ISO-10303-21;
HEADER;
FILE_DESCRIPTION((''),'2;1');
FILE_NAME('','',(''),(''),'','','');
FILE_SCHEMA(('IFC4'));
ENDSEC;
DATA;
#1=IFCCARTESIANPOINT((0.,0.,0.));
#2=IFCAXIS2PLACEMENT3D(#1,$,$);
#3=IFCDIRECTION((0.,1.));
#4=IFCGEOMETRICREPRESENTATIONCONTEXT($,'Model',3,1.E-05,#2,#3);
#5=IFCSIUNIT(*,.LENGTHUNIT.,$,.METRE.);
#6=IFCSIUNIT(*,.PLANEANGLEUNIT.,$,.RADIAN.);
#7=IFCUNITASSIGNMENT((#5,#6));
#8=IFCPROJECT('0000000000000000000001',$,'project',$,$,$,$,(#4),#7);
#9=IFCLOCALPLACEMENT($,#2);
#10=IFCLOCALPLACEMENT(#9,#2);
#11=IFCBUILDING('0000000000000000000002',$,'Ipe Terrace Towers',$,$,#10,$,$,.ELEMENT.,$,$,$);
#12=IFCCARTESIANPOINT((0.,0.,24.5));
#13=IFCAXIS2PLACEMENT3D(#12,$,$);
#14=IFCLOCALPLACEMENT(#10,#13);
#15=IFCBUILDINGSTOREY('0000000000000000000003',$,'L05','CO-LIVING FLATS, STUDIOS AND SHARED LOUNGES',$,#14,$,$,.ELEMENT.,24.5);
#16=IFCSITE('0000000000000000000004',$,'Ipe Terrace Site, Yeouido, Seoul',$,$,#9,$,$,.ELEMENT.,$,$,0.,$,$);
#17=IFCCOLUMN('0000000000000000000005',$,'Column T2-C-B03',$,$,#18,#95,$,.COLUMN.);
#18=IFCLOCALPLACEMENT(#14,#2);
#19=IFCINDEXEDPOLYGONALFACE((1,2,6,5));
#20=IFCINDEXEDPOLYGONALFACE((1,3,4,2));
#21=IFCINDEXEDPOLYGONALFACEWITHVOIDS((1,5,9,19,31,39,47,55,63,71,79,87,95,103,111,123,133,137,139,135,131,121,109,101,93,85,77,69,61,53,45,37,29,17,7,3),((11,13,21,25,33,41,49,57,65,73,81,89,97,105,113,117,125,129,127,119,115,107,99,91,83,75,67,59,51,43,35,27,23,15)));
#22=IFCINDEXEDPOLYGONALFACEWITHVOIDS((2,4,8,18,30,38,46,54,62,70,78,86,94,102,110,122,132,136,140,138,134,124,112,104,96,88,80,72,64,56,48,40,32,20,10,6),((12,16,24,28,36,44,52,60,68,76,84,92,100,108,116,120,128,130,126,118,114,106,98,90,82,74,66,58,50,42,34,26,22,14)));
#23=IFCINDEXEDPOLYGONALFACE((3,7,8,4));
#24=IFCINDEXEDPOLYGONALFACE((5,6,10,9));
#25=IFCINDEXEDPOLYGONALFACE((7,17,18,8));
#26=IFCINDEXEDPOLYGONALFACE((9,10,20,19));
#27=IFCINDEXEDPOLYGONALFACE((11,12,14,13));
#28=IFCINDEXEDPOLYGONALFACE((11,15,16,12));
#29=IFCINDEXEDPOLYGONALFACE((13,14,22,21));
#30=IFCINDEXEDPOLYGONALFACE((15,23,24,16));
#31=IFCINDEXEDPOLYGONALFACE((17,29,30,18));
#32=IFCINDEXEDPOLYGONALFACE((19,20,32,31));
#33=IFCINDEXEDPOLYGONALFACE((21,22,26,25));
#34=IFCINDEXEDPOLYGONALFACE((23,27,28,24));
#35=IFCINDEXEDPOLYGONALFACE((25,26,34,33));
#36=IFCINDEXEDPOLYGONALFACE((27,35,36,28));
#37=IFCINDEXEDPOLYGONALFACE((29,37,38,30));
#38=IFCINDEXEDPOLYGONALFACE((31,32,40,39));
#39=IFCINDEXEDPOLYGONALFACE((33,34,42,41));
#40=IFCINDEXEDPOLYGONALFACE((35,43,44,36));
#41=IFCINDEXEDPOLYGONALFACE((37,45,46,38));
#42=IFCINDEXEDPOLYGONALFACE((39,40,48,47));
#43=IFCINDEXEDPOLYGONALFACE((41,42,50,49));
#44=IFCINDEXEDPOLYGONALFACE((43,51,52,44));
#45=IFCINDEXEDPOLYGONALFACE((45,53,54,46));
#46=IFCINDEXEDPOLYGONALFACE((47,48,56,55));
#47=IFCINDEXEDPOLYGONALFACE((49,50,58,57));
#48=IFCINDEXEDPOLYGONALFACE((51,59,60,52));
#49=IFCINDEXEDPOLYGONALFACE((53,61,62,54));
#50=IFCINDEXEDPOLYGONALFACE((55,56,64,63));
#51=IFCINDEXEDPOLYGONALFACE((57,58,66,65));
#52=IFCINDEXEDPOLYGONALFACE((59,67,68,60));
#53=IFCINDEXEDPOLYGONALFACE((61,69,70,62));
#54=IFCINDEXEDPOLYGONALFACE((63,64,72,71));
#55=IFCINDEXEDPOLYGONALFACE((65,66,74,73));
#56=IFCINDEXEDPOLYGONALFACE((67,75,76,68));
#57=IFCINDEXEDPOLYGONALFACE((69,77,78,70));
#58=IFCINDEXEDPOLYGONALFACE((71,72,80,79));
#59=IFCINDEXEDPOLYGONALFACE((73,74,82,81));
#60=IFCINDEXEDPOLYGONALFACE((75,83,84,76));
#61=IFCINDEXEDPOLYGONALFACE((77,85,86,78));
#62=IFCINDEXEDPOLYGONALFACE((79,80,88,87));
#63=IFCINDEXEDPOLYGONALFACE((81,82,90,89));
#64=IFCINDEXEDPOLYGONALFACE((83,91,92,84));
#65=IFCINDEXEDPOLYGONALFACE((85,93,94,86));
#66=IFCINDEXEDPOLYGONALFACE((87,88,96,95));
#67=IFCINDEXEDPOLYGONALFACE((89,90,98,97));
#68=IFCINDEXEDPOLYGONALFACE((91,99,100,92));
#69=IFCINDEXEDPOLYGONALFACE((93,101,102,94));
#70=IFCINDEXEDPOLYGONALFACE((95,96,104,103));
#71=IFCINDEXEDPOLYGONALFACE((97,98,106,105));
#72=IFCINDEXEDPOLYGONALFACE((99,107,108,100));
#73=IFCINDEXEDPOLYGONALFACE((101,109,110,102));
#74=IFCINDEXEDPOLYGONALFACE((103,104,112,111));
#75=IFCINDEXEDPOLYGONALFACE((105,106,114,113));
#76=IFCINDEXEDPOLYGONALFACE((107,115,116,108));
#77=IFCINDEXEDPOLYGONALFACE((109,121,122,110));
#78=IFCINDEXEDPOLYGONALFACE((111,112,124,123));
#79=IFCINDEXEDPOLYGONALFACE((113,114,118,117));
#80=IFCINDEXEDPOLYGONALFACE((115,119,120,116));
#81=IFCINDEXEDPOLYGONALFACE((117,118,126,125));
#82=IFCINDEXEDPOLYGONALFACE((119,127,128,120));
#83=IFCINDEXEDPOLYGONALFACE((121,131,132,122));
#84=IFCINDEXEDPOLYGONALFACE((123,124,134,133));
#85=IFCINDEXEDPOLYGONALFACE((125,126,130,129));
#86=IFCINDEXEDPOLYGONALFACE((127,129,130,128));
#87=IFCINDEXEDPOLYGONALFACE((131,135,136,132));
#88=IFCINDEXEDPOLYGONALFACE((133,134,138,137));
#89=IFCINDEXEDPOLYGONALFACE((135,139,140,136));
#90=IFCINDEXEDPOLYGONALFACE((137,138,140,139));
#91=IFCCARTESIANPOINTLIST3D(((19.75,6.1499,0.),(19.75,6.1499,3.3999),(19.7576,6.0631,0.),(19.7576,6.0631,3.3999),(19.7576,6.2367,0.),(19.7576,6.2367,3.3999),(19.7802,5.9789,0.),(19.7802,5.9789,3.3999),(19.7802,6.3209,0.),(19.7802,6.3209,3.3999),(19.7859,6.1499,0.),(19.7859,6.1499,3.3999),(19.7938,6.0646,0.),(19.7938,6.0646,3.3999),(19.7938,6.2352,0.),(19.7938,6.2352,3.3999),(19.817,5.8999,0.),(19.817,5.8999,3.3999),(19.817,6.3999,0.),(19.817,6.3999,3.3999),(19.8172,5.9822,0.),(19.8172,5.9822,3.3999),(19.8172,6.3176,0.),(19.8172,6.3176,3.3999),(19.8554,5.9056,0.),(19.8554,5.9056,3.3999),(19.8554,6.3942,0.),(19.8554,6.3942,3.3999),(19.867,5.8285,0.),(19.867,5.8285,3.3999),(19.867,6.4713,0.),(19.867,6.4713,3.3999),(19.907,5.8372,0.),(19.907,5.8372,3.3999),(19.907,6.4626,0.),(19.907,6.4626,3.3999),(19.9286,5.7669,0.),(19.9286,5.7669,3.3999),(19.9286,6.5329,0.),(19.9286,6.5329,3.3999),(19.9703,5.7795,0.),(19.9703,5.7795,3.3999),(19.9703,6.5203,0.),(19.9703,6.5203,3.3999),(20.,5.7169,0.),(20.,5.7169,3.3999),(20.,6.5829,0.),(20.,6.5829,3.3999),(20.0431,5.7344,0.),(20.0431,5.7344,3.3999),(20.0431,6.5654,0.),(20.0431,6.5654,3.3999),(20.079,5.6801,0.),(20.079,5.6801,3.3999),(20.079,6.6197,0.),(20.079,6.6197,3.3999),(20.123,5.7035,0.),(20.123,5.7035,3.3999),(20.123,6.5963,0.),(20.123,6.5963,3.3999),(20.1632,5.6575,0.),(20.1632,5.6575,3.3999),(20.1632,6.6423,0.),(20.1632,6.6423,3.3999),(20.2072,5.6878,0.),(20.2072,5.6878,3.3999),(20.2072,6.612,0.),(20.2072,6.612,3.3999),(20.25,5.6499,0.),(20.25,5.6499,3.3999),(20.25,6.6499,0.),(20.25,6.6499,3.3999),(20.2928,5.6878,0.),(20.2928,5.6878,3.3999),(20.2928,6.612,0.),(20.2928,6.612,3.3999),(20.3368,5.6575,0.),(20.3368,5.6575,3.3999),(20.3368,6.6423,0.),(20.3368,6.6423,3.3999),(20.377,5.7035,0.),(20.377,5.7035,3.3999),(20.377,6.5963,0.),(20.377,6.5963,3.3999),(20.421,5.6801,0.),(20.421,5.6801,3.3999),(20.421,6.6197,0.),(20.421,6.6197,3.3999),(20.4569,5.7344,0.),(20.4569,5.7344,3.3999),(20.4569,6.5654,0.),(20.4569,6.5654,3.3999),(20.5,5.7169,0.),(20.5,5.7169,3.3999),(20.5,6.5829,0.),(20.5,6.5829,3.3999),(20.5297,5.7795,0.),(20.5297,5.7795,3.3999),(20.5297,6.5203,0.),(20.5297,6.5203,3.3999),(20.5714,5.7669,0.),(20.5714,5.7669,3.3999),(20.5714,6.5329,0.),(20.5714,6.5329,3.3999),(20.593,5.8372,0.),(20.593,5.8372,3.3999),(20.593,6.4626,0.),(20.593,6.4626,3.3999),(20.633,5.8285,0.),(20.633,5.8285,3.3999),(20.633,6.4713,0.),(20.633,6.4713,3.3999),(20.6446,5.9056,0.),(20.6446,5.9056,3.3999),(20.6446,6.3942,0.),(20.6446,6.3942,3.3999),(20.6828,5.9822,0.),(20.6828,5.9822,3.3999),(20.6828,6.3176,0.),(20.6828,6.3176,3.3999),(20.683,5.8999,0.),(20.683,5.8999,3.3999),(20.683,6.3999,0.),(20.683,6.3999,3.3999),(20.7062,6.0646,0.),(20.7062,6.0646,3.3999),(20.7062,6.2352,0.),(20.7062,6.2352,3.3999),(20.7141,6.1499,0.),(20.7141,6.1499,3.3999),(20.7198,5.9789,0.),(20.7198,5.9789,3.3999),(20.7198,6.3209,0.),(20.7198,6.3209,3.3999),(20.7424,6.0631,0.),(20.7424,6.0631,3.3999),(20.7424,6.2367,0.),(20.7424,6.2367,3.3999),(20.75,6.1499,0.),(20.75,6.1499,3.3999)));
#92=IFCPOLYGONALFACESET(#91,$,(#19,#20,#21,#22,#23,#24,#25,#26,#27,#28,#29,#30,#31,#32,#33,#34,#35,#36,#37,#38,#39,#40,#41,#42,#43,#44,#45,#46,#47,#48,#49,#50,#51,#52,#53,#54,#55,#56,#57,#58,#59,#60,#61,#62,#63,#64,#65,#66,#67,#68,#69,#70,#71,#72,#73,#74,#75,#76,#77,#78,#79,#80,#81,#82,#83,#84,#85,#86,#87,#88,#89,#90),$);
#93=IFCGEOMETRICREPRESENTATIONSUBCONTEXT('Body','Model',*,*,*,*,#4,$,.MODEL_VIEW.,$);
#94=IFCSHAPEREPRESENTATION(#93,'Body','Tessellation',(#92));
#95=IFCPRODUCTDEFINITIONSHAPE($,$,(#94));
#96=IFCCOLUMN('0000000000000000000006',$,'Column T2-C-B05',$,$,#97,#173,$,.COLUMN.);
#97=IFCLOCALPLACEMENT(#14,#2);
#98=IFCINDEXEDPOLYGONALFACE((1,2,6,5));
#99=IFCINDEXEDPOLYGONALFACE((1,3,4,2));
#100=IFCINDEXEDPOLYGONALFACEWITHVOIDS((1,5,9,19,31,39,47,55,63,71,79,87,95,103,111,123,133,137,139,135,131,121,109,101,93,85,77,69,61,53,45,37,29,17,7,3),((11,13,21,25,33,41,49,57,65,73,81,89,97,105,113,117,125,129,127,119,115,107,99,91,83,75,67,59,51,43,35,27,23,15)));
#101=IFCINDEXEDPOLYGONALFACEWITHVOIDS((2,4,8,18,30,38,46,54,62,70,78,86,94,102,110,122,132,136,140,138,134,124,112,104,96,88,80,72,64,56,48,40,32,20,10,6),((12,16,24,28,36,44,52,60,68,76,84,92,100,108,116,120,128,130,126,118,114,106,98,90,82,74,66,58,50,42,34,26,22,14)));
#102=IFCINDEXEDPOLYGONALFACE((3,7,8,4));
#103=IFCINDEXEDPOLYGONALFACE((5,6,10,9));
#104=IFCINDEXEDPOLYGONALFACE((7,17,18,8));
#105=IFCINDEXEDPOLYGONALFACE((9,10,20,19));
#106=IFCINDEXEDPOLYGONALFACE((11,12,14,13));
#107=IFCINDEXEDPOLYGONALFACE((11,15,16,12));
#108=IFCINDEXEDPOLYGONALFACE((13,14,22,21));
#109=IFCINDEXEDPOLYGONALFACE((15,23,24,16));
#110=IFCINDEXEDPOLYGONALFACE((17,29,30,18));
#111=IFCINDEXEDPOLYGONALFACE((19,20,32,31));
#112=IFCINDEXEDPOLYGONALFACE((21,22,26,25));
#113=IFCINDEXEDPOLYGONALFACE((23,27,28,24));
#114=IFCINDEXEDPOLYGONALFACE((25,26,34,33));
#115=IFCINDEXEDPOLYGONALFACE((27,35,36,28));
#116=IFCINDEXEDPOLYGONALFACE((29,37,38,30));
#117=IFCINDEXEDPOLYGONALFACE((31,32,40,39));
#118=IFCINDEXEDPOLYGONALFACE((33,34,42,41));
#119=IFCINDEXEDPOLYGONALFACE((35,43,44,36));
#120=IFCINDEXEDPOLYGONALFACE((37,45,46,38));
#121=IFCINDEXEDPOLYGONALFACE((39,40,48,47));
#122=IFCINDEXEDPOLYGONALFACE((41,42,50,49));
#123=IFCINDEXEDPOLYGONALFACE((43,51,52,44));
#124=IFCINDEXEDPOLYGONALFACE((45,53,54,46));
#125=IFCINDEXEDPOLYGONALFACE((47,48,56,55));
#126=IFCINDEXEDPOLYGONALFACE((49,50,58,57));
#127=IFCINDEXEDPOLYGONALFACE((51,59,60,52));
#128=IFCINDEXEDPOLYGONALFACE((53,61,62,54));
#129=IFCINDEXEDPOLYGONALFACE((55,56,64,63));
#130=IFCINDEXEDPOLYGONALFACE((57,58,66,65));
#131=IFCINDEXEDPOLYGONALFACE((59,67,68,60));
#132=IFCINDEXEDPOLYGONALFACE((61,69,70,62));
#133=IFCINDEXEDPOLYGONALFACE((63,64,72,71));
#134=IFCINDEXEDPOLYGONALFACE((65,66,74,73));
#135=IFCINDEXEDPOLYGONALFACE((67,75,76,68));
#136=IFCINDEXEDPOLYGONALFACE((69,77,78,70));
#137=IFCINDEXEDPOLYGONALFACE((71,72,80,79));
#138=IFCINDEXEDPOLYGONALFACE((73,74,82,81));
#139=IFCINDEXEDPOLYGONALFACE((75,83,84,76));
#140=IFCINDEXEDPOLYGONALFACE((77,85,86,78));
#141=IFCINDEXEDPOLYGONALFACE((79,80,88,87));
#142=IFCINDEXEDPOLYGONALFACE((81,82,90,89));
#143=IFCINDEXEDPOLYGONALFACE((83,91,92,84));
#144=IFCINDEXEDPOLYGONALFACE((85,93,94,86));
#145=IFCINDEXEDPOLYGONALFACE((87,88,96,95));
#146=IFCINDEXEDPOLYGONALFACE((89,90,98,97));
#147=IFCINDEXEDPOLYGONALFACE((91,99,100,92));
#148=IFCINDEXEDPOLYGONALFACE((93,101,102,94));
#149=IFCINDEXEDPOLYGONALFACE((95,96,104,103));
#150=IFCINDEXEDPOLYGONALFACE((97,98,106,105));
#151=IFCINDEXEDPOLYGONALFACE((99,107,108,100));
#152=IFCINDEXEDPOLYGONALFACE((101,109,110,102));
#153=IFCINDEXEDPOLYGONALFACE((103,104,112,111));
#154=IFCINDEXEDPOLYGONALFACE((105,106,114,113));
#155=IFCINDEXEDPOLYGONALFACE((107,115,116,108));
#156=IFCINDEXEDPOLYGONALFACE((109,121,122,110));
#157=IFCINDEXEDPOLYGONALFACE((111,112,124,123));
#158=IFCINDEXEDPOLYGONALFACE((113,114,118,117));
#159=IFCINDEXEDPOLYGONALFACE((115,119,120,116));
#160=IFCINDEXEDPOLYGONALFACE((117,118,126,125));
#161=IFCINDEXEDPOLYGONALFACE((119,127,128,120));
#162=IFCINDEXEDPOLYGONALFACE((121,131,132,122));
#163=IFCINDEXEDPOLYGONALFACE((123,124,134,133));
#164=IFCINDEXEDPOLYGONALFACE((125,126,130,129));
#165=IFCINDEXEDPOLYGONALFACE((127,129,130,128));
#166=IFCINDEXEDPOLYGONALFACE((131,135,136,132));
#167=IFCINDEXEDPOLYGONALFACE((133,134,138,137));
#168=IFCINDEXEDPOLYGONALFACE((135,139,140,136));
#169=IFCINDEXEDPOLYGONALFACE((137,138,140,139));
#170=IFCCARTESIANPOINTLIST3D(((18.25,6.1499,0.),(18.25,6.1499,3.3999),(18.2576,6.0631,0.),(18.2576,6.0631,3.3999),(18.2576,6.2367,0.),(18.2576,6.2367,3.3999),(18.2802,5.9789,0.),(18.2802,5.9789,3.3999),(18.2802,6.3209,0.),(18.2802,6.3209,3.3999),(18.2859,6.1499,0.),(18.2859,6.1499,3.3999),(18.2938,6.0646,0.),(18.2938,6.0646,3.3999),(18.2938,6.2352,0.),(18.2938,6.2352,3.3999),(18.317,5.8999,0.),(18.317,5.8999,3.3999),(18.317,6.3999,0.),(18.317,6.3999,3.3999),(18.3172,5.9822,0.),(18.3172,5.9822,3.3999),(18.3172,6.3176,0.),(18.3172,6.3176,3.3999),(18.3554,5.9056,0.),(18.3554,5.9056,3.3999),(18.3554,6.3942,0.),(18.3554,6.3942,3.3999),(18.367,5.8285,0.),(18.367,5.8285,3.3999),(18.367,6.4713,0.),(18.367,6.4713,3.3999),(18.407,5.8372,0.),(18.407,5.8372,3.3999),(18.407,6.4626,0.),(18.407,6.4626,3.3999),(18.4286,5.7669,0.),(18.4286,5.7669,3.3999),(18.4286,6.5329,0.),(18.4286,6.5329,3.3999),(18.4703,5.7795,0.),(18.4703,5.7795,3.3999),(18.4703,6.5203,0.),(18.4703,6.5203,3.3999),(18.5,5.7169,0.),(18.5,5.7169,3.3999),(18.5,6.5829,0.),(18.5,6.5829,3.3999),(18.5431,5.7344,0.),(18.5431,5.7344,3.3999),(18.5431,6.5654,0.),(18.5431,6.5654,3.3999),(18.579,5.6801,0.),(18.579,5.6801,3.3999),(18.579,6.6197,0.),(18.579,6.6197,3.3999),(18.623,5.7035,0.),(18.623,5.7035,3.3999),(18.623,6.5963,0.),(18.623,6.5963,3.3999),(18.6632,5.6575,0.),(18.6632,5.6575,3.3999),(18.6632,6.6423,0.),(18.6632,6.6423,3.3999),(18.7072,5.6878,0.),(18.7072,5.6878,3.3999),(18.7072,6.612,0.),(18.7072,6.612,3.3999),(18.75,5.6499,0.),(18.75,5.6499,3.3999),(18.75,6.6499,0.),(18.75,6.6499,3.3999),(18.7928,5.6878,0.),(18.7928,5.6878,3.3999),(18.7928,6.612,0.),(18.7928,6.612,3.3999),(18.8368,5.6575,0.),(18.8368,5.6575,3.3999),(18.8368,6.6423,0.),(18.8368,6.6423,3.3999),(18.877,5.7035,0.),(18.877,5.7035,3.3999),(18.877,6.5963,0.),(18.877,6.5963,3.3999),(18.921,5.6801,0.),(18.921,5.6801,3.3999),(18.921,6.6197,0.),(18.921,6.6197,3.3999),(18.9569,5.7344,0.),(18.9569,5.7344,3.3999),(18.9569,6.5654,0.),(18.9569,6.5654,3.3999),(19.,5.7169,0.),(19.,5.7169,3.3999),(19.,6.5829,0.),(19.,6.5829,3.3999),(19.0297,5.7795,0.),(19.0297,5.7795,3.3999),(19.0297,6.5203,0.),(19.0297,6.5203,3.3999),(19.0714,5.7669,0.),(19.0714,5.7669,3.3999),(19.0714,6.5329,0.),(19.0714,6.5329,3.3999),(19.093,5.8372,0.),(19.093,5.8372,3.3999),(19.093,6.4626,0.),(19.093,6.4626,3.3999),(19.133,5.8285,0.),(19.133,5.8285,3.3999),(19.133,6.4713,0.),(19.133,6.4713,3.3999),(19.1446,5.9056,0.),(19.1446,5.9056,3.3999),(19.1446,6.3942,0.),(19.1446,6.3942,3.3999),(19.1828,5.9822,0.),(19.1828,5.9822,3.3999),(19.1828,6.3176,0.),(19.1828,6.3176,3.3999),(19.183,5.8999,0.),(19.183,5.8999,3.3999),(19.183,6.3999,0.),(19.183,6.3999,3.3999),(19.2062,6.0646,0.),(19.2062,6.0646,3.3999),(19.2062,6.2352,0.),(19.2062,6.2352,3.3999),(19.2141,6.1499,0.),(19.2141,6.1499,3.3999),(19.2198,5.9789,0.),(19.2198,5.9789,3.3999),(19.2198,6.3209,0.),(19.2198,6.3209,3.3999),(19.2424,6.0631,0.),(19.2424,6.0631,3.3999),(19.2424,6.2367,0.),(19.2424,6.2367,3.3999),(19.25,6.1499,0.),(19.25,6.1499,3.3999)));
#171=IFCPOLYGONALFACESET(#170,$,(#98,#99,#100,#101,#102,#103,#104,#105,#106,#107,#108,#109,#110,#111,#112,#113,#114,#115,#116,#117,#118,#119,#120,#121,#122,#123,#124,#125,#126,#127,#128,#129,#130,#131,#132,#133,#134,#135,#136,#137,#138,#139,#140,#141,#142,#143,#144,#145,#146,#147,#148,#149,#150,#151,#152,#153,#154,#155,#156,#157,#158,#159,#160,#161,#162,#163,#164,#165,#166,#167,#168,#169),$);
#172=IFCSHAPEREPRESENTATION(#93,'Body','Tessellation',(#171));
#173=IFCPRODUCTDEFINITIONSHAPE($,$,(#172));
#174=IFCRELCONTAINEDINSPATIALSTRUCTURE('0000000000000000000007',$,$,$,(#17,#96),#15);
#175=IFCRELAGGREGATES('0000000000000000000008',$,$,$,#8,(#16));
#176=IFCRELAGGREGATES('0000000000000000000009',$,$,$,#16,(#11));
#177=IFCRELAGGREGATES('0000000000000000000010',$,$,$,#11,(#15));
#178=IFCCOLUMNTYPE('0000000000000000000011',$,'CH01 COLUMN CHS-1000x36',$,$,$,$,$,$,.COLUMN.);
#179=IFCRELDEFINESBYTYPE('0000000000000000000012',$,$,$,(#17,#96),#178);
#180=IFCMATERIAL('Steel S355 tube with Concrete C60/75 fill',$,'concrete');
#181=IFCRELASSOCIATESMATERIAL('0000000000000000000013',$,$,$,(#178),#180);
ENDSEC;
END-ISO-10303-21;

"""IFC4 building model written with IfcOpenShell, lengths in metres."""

from ifc_helpers import new_model, si_unit, direction, frame, origin, origin_2d, place, context, subcontext, project, spatial, hollow_circle, extrude, material, material_profile, profile_set, type_object, element, save


model = new_model("IFC4")

# Units and contexts
model_context = context("Model", 3, precision=1e-05, world=origin(), true_north=direction((0.0, 1.0)))
body_context = subcontext(model_context, "Body", "Model", "MODEL_VIEW")
ifc_project = project(units=[si_unit("LENGTHUNIT", "METRE"), si_unit("PLANEANGLEUNIT", "RADIAN")], contexts=[model_context])

# Site, building, storey
site_placement = place(None, origin())
site = spatial("IfcSite", under=ifc_project, at=site_placement, Name="Ipe Terrace Site, Yeouido, Seoul", CompositionType="ELEMENT", RefElevation=0.0)
building_placement = place(site_placement, origin())
building = spatial("IfcBuilding", under=site, at=building_placement, Name="Ipe Terrace Towers", CompositionType="ELEMENT")
storey_placement = place(building_placement, frame((0.0, 0.0, 24.5)))
storey = spatial("IfcBuildingStorey", under=building, at=storey_placement, Name="L05", Description="CO-LIVING FLATS, STUDIOS AND SHARED LOUNGES", CompositionType="ELEMENT", Elevation=24.5)

# Columns
ifc_material_1 = material(Name="Steel S355 tube with Concrete C60/75 fill", Category="concrete")
ifc_material_profile_1 = material_profile(ifc_material_1, hollow_circle(Radius=0.5, WallThickness=0.0359, at=origin_2d()), Name="CHS-1000x36")
ifc_profile_set_1 = profile_set([ifc_material_profile_1], Name="Steel S355 tube with Concrete C60/75 fill")
column_type_1 = type_object("IfcColumnType", Name="CH01 COLUMN CHS-1000x36", PredefinedType="COLUMN", material=ifc_profile_set_1)
for number, where, z_axis, x_axis, name in (
    (1, (20.25, 6.1499, 0.0), (0.0, 0.0, 1.0), (1.0, 0.0, 0.0), "Column T2-C-B03"),
    (2, (18.75, 6.1499, 0.0), (0.0, 0.0, 1.0), (1.0, 0.0, 0.0), "Column T2-C-B05"),
):
    element("IfcColumn", number, at=place(storey_placement, frame(where, z_axis=z_axis, x_axis=x_axis)), inside=storey, type_object=column_type_1, Name=name, PredefinedType="COLUMN", context=body_context, shape_type="SweptSolid", body=[
        extrude(hollow_circle(Radius=0.5, WallThickness=0.0359, at=origin_2d()), origin(), (0.0, 0.0, 1.0), 3.3999),
    ])

save(model, "model.ifc")
